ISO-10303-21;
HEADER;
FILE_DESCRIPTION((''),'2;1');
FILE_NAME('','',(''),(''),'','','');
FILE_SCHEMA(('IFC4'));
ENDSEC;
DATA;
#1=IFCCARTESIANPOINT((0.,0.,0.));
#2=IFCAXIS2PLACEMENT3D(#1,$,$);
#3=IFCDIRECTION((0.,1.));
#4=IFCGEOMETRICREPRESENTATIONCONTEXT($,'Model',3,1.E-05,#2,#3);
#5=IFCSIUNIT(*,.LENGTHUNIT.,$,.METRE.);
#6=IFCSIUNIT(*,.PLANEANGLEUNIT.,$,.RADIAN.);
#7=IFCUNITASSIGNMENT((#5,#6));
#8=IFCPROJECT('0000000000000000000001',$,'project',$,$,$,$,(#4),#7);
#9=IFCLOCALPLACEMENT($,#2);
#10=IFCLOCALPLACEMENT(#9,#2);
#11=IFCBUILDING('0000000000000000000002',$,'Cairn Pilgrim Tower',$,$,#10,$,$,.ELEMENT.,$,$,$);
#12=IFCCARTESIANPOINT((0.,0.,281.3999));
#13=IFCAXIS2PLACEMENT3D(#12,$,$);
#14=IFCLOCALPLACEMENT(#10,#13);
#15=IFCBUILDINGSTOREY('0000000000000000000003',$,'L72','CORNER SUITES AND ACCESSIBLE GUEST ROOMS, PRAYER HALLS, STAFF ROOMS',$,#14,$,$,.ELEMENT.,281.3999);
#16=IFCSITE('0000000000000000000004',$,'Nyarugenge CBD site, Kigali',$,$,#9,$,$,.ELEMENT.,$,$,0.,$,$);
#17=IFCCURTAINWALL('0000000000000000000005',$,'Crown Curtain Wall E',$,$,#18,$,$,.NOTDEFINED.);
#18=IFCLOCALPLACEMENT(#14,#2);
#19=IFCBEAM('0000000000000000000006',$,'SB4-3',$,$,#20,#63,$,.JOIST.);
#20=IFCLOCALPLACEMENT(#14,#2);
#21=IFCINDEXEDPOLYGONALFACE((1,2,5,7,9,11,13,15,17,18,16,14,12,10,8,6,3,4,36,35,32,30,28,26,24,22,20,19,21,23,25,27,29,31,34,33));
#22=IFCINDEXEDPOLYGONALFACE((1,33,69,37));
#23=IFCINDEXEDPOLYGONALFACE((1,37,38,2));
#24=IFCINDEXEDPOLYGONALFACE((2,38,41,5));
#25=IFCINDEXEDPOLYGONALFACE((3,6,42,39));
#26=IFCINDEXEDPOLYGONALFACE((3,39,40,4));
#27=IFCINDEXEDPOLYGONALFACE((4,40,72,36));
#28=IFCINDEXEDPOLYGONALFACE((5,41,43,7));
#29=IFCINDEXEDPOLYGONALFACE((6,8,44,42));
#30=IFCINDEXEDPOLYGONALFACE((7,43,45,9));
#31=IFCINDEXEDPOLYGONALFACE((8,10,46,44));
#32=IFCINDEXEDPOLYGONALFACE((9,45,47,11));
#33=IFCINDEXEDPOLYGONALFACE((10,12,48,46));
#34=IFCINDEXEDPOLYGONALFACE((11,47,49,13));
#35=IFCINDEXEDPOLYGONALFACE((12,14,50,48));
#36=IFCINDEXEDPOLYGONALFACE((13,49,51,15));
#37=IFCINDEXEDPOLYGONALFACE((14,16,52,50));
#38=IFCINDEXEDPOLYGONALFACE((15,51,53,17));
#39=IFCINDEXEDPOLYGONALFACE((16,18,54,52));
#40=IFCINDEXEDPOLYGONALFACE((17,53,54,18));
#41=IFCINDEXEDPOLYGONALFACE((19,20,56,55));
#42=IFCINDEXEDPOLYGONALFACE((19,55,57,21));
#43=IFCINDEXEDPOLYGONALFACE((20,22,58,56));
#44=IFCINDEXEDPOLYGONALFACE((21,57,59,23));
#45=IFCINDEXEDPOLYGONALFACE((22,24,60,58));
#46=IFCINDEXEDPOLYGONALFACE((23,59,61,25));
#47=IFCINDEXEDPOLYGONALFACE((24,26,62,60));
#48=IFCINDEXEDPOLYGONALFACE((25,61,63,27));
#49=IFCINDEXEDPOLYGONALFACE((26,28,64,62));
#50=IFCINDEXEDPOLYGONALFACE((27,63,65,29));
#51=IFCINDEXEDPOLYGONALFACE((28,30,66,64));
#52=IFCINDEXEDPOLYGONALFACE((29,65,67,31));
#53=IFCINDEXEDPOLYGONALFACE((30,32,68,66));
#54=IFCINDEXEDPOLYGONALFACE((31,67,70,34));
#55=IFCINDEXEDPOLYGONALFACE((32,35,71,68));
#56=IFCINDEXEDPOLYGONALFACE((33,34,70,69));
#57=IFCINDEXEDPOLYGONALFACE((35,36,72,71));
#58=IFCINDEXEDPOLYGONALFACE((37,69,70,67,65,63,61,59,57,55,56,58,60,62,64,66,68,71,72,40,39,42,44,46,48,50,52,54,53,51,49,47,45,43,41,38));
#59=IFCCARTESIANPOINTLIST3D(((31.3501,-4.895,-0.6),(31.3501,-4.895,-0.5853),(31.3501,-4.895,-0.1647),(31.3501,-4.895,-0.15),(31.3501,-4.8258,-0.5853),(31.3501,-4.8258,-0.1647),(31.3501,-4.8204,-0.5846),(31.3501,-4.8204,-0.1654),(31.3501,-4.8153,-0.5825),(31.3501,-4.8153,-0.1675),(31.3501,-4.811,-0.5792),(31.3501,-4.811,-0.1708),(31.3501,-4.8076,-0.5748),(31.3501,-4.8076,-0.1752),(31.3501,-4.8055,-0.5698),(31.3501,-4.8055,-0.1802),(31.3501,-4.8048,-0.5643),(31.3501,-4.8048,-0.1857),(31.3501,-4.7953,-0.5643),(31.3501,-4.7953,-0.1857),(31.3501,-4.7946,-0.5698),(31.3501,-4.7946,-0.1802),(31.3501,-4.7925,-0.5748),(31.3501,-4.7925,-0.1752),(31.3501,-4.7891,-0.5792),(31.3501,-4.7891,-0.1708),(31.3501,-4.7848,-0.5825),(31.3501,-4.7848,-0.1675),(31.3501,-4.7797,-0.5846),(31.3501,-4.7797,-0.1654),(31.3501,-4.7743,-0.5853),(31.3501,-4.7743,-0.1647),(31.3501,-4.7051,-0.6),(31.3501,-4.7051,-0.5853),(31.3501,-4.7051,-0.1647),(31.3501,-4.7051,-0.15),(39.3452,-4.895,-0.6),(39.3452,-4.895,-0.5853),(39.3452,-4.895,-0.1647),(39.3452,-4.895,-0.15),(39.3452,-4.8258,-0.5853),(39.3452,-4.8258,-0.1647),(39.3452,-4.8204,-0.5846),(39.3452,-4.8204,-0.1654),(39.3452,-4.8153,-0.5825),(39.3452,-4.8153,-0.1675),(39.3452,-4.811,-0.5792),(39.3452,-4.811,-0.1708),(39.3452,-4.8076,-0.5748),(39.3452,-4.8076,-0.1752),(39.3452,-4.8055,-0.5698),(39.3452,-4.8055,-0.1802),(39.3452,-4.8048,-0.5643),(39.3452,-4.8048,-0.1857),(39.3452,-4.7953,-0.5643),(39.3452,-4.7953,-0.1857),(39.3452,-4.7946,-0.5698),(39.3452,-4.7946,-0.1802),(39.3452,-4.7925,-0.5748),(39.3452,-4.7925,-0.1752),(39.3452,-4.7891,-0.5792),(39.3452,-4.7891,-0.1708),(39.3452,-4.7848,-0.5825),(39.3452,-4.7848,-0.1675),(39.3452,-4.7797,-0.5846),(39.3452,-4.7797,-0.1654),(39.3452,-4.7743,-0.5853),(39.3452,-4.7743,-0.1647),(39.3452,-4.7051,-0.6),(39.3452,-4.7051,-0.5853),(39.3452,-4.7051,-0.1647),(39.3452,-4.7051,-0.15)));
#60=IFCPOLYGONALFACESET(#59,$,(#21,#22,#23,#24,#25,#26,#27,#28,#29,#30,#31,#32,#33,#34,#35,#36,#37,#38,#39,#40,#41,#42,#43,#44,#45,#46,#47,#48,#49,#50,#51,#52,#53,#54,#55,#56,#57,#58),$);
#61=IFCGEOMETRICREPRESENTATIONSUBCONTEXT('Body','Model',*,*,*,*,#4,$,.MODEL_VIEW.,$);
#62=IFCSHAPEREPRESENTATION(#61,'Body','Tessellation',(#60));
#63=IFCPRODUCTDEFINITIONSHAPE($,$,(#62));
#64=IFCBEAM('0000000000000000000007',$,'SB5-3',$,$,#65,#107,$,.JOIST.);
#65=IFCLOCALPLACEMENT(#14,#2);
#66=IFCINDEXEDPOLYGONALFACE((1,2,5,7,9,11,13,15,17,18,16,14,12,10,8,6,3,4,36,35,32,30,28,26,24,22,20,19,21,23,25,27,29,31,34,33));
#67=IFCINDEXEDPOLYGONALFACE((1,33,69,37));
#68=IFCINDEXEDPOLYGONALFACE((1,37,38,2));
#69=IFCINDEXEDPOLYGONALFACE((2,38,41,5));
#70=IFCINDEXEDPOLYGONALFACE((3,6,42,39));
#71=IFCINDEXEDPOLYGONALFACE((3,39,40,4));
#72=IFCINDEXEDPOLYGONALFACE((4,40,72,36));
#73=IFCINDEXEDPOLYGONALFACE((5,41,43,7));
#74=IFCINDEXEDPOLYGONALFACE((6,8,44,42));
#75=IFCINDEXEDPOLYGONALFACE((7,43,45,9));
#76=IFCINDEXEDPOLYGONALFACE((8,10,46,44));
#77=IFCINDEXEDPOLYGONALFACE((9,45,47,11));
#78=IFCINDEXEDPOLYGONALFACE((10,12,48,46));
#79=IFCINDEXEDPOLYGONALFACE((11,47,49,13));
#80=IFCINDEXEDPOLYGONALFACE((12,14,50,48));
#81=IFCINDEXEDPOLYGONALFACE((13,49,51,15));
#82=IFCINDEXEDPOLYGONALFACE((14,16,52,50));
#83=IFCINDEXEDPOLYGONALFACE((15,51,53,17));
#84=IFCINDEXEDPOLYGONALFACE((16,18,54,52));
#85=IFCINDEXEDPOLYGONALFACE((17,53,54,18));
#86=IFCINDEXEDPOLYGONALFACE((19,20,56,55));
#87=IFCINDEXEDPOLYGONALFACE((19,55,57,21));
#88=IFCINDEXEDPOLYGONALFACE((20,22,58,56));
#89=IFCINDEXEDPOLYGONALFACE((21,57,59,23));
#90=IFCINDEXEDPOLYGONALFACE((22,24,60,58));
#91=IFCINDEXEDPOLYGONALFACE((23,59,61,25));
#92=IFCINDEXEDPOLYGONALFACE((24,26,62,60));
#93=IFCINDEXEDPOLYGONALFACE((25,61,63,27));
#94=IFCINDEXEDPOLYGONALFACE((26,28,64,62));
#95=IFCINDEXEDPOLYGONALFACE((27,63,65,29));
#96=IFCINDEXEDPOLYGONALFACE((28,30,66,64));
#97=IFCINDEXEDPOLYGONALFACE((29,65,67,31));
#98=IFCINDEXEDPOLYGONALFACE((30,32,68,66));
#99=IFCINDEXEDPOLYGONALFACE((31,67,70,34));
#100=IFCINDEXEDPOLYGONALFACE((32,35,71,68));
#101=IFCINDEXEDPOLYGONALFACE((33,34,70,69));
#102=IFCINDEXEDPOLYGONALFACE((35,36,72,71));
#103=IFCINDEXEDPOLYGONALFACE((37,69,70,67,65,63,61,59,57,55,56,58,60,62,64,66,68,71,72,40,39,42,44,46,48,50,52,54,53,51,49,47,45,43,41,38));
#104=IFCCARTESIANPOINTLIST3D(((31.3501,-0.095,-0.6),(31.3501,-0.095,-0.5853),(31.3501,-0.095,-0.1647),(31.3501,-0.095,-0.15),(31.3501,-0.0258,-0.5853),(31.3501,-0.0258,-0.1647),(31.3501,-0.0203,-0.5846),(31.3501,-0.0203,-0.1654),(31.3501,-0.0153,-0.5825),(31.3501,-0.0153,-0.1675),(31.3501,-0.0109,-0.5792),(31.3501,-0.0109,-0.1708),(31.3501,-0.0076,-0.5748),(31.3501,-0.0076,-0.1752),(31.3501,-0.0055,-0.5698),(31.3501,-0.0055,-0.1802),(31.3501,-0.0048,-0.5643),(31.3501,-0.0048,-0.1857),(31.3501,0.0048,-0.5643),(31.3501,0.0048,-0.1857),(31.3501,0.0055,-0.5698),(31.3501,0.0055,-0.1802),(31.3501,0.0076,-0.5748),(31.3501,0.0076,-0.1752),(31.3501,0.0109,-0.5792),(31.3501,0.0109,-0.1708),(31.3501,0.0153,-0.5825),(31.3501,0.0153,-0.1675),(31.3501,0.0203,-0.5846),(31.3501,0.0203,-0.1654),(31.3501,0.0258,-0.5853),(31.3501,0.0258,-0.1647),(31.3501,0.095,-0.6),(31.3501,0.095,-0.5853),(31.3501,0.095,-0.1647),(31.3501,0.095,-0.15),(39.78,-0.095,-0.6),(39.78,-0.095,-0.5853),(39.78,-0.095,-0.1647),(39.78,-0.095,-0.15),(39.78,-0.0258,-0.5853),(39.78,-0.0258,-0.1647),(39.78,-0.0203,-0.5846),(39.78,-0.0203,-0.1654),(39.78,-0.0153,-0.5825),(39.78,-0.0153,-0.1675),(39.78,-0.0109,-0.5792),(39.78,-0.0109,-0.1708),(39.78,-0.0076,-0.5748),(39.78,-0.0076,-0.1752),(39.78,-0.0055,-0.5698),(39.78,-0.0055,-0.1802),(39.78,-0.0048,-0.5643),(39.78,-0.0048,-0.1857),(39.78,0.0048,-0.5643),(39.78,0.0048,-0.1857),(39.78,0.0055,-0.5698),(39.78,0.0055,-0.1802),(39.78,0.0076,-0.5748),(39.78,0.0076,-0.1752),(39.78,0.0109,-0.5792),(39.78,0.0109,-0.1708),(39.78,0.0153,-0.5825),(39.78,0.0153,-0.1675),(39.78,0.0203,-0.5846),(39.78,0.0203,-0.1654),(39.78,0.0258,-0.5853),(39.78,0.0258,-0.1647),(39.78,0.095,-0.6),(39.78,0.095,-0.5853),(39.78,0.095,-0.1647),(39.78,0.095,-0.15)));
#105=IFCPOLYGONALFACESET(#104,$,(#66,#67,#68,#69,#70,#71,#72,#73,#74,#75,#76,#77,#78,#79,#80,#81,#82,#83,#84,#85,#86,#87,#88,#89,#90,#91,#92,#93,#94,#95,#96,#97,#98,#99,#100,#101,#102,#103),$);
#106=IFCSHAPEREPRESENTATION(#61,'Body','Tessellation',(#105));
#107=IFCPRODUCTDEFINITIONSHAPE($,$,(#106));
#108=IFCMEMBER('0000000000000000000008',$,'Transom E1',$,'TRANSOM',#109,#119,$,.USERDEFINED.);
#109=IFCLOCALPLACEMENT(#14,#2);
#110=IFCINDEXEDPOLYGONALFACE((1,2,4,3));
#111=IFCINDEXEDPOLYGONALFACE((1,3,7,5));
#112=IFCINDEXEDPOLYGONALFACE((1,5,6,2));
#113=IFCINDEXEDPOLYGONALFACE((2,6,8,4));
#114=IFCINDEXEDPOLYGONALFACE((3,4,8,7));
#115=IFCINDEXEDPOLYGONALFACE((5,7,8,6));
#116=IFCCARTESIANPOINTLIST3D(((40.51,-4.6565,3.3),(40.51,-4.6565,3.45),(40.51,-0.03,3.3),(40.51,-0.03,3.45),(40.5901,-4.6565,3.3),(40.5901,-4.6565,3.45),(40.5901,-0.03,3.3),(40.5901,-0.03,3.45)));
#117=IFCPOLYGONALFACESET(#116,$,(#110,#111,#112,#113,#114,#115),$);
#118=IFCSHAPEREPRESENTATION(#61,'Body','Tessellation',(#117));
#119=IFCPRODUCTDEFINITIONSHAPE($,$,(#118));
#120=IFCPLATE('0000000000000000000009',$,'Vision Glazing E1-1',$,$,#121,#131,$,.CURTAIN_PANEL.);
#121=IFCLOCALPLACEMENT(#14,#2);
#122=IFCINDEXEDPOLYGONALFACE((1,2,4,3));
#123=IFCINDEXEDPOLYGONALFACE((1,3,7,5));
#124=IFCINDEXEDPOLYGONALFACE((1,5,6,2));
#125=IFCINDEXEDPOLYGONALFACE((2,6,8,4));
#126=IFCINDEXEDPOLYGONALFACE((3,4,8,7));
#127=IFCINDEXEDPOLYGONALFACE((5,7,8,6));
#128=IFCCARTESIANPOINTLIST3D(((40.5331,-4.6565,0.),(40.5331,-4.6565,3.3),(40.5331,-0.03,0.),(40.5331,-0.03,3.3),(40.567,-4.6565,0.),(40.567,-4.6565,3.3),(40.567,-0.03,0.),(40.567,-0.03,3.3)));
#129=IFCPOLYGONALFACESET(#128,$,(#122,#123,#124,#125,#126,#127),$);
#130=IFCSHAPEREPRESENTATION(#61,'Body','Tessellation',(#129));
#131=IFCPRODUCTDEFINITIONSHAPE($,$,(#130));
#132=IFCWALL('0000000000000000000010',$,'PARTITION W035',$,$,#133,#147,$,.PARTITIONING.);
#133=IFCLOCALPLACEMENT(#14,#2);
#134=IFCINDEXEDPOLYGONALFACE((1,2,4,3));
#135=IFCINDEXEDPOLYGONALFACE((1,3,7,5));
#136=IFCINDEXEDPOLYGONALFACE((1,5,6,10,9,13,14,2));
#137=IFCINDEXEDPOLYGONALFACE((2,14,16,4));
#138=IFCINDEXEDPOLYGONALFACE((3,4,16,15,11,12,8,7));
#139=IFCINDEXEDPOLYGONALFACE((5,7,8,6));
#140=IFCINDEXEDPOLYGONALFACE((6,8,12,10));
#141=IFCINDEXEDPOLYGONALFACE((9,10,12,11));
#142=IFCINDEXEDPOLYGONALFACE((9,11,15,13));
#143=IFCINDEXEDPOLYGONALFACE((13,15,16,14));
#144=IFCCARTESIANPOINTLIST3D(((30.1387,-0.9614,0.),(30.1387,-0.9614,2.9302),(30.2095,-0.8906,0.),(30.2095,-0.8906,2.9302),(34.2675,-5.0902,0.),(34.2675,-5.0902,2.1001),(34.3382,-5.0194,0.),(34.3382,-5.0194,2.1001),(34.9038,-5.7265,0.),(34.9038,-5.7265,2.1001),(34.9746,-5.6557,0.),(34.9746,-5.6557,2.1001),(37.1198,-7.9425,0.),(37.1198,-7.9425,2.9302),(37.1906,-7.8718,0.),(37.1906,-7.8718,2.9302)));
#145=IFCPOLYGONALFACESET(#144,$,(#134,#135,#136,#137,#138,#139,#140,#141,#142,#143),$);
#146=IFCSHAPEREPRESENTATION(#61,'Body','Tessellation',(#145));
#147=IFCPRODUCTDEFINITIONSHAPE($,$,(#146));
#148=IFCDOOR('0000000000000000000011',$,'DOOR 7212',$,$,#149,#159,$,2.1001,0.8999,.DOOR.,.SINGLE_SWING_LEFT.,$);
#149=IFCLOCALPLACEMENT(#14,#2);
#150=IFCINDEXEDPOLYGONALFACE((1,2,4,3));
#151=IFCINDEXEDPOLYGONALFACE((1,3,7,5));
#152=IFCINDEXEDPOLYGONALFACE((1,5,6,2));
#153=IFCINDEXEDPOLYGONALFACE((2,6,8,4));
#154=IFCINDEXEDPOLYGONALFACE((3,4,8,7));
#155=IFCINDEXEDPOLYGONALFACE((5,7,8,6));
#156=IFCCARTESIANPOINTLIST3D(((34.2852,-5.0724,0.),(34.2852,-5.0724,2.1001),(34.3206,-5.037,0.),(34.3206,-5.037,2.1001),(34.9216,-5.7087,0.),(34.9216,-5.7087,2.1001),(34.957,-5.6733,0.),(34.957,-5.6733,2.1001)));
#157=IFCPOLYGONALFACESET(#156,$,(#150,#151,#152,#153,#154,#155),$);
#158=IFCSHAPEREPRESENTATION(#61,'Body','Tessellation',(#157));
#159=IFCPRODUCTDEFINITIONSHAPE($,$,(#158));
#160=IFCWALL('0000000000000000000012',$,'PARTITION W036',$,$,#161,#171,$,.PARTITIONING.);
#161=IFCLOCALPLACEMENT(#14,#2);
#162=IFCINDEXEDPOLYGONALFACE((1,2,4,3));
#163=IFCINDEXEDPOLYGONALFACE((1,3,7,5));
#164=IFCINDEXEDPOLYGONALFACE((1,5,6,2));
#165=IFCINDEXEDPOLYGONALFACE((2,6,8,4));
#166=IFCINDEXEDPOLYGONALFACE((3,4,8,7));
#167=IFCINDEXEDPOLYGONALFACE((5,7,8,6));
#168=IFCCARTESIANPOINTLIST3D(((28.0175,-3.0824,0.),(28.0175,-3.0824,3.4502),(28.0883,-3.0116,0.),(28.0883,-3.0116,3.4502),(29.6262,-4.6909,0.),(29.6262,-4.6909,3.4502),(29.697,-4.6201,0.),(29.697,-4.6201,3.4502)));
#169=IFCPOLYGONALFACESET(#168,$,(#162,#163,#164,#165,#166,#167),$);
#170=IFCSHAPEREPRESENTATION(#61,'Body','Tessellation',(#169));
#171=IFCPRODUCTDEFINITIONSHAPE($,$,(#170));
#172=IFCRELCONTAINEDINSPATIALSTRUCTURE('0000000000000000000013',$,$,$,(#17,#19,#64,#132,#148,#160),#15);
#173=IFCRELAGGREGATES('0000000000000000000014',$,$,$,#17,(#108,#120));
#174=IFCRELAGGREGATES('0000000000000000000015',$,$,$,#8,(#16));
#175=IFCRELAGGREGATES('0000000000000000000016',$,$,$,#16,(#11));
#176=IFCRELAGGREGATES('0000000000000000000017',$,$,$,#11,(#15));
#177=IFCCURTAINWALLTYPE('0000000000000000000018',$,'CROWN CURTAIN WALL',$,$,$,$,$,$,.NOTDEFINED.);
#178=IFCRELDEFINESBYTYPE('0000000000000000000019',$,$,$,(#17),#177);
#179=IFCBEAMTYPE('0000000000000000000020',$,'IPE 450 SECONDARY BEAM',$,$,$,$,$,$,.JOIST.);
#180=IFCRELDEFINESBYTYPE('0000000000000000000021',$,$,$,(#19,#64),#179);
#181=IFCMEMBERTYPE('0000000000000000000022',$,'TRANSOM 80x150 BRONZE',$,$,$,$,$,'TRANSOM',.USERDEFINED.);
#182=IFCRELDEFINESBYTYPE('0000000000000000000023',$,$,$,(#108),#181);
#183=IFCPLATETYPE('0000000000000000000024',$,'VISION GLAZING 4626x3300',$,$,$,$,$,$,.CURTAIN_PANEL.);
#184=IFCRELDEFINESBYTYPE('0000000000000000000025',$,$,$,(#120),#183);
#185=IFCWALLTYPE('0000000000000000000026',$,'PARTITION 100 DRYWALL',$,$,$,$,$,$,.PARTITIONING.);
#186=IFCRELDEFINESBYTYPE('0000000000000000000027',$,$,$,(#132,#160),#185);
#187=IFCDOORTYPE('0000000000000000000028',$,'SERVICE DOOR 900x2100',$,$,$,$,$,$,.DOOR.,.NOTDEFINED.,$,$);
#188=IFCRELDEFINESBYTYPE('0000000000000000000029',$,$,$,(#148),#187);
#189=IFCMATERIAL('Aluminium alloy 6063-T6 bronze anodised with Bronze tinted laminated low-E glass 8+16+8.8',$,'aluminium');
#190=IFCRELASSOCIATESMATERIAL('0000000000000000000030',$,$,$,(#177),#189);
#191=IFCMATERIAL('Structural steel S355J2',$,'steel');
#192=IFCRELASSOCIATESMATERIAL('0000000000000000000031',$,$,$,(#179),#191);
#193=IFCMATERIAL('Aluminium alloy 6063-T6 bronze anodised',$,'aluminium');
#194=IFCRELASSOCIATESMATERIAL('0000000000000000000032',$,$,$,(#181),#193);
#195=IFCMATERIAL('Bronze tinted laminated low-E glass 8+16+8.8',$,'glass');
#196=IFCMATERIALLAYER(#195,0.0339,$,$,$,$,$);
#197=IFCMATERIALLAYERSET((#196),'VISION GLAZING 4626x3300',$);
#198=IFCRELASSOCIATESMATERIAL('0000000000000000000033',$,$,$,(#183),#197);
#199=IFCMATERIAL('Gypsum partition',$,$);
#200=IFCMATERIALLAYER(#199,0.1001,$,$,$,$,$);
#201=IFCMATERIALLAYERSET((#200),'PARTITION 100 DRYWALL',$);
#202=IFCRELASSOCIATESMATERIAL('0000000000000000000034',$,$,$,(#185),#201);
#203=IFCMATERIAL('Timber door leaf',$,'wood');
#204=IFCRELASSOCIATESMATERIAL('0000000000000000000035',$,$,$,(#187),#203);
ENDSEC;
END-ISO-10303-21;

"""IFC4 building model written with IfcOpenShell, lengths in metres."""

from ifc_helpers import new_model, si_unit, direction, frame, frame_2d, origin, origin_2d, place, context, subcontext, project, spatial, rectangle, i_section, extrude, material, layer, layer_set, material_profile, profile_set, type_object, element, fill, aggregate, save


model = new_model("IFC4")

# Units and contexts
model_context = context("Model", 3, precision=1e-05, world=origin(), true_north=direction((0.0, 1.0)))
body_context = subcontext(model_context, "Body", "Model", "MODEL_VIEW")
ifc_project = project(units=[si_unit("LENGTHUNIT", "METRE"), si_unit("PLANEANGLEUNIT", "RADIAN")], contexts=[model_context])

# Site, building, storey
site_placement = place(None, origin())
site = spatial("IfcSite", under=ifc_project, at=site_placement, Name="Nyarugenge CBD site, Kigali", CompositionType="ELEMENT", RefElevation=0.0)
building_placement = place(site_placement, origin())
building = spatial("IfcBuilding", under=site, at=building_placement, Name="Cairn Pilgrim Tower", CompositionType="ELEMENT")
storey_placement = place(building_placement, frame((0.0, 0.0, 281.3999)))
storey = spatial("IfcBuildingStorey", under=building, at=storey_placement, Name="L72", Description="CORNER SUITES AND ACCESSIBLE GUEST ROOMS, PRAYER HALLS, STAFF ROOMS", CompositionType="ELEMENT", Elevation=281.3999)

# Shared definitions
ifc_material_1 = material(Name="Structural steel S355J2", Category="steel")

# Curtain wall
ifc_material_2 = material(Name="Aluminium alloy 6063-T6 bronze anodised with Bronze tinted laminated low-E glass 8+16+8.8", Category="aluminium")
curtain_wall_type = type_object("IfcCurtainWallType", Name="CROWN CURTAIN WALL", PredefinedType="NOTDEFINED", material=ifc_material_2)
ifc_material_3 = material(Name="Aluminium alloy 6063-T6 bronze anodised", Category="aluminium")
curtain_wall_1_placement = place(storey_placement, origin())
curtain_wall_1 = element("IfcCurtainWall", 1, at=curtain_wall_1_placement, inside=storey, type_object=curtain_wall_type, Name="Crown Curtain Wall E", PredefinedType="NOTDEFINED")

# Beams
ifc_material_profile_1 = material_profile(ifc_material_1, i_section(OverallWidth=0.1899, OverallDepth=0.45, WebThickness=0.0095, FlangeThickness=0.0146, FilletRadius=0.021, at=origin_2d()), Name="IPE 450")
ifc_profile_set_1 = profile_set([ifc_material_profile_1], Name="Structural steel S355J2")
beam_type_1 = type_object("IfcBeamType", Name="IPE 450 SECONDARY BEAM", PredefinedType="JOIST", material=ifc_profile_set_1)
beam_1_placement = place(storey_placement, frame((31.3501, -4.8, -0.375), z_axis=(1.0, 0.0, 0.0), x_axis=(0.0, 1.0, 0.0)))
element("IfcBeam", 2, at=beam_1_placement, inside=storey, type_object=beam_type_1, Name="SB4-3", PredefinedType="JOIST", context=body_context, shape_type="SweptSolid", body=[
    extrude(i_section(OverallWidth=0.1899, OverallDepth=0.45, WebThickness=0.0095, FlangeThickness=0.0146, FilletRadius=0.021, at=origin_2d()), origin(), (0.0, 0.0, 1.0), 7.9951),
])
beam_2_placement = place(storey_placement, frame((31.3501, 0.0, -0.375), z_axis=(1.0, 0.0, 0.0), x_axis=(0.0, 1.0, 0.0)))
element("IfcBeam", 3, at=beam_2_placement, inside=storey, type_object=beam_type_1, Name="SB5-3", PredefinedType="JOIST", context=body_context, shape_type="SweptSolid", body=[
    extrude(i_section(OverallWidth=0.1899, OverallDepth=0.45, WebThickness=0.0095, FlangeThickness=0.0146, FilletRadius=0.021, at=origin_2d()), origin(), (0.0, 0.0, 1.0), 8.4299),
])

# Member
ifc_material_profile_2 = material_profile(ifc_material_3, rectangle(XDim=0.0801, YDim=0.1499, at=origin_2d()), Name="TRANSOM 80x150 BRONZE")
ifc_profile_set_2 = profile_set([ifc_material_profile_2], Name="Aluminium alloy 6063-T6 bronze anodised")
member_type_1 = type_object("IfcMemberType", Name="TRANSOM 80x150 BRONZE", ElementType="TRANSOM", PredefinedType="USERDEFINED", material=ifc_profile_set_2)
member_1_placement = place(storey_placement, frame((40.55, -4.6565, 3.375), z_axis=(0.0, 1.0, 0.0), x_axis=(-1.0, 0.0, 0.0)))
member_1 = element("IfcMember", 4, at=member_1_placement, type_object=member_type_1, Name="Transom E1", ObjectType="TRANSOM", PredefinedType="USERDEFINED", context=body_context, shape_type="SweptSolid", body=[
    extrude(rectangle(XDim=0.0801, YDim=0.1499, at=origin_2d()), origin(), (0.0, 0.0, 1.0), 4.6265),
])

# Plate
ifc_material_4 = material(Name="Bronze tinted laminated low-E glass 8+16+8.8", Category="glass")
ifc_layer_1 = layer(ifc_material_4, 0.0339)
ifc_layer_set_1 = layer_set([ifc_layer_1], Name="VISION GLAZING 4626x3300")
plate_type = type_object("IfcPlateType", Name="VISION GLAZING 4626x3300", PredefinedType="CURTAIN_PANEL", material=ifc_layer_set_1)
plate_placement = place(storey_placement, frame((40.55, -2.3433, 0.0), z_axis=(0.0, 0.0, 1.0), x_axis=(0.0, 1.0, 0.0)))
plate = element("IfcPlate", 5, at=plate_placement, type_object=plate_type, Name="Vision Glazing E1-1", PredefinedType="CURTAIN_PANEL", context=body_context, shape_type="SweptSolid", body=[
    extrude(rectangle(XDim=4.6265, YDim=0.0339, at=origin_2d()), origin(), (0.0, 0.0, 1.0), 3.3),
])
aggregate(curtain_wall_1, [member_1, plate])

# Wall, opening, door
ifc_material_5 = material(Name="Gypsum partition")
ifc_layer_2 = layer(ifc_material_5, 0.1001)
ifc_layer_set_2 = layer_set([ifc_layer_2], Name="PARTITION 100 DRYWALL")
wall_type_1 = type_object("IfcWallType", Name="PARTITION 100 DRYWALL", PredefinedType="PARTITIONING", material=ifc_layer_set_2)
wall_1_placement = place(storey_placement, frame((37.1553, -7.9072, 0.0), z_axis=(0.0, 0.0, 1.0), x_axis=(-0.707107, 0.707107, 0.0)))
wall_1 = element("IfcWall", 6, at=wall_1_placement, inside=storey, type_object=wall_type_1, Name="PARTITION W035", PredefinedType="PARTITIONING", context=body_context, shape_type="SweptSolid", body=[
    extrude(rectangle(XDim=9.8728, YDim=0.1001, at=frame_2d((4.9365, 0.0))), origin(), (0.0, 0.0, 1.0), 2.9302),
])
opening_1_placement = place(wall_1_placement, frame((3.134, 0.0, 0.0)))
opening_1 = element("IfcOpeningElement", 7, at=opening_1_placement, cuts=wall_1, PredefinedType="OPENING", context=body_context, shape_type="SweptSolid", body=[
    extrude(rectangle(XDim=0.8999, YDim=2.1001, at=frame_2d((0.45, 1.05))), frame((0.0, 0.0601, 0.0), z_axis=(0.0, -1.0, 0.0), x_axis=(1.0, 0.0, 0.0)), (0.0, 0.0, 1.0), 0.1201),
])
ifc_material_6 = material(Name="Timber door leaf", Category="wood")
door_type_1 = type_object("IfcDoorType", Name="SERVICE DOOR 900x2100", OperationType="NOTDEFINED", PredefinedType="DOOR", material=ifc_material_6)
door_1_placement = place(opening_1_placement, origin())
door_1 = element("IfcDoor", 8, at=door_1_placement, inside=storey, type_object=door_type_1, Name="DOOR 7212", OperationType="SINGLE_SWING_LEFT", OverallHeight=2.1001, OverallWidth=0.8999, PredefinedType="DOOR", context=body_context, shape_type="SweptSolid", body=[
    extrude(rectangle(XDim=0.8999, YDim=2.1001, at=frame_2d((0.45, 1.05))), frame((0.0, 0.0249, 0.0), z_axis=(0.0, -1.0, 0.0), x_axis=(1.0, 0.0, 0.0)), (0.0, 0.0, 1.0), 0.05),
])
fill(opening_1, door_1)

# Wall
wall_2_placement = place(storey_placement, frame((29.6616, -4.6555, 0.0), z_axis=(0.0, 0.0, 1.0), x_axis=(-0.70716, 0.707053, 0.0)))
element("IfcWall", 9, at=wall_2_placement, inside=storey, type_object=wall_type_1, Name="PARTITION W036", PredefinedType="PARTITIONING", context=body_context, shape_type="SweptSolid", body=[
    extrude(rectangle(XDim=2.2749, YDim=0.1001, at=frame_2d((1.1375, 0.0))), origin(), (0.0, 0.0, 1.0), 3.4502),
])

save(model, "model.ifc")
